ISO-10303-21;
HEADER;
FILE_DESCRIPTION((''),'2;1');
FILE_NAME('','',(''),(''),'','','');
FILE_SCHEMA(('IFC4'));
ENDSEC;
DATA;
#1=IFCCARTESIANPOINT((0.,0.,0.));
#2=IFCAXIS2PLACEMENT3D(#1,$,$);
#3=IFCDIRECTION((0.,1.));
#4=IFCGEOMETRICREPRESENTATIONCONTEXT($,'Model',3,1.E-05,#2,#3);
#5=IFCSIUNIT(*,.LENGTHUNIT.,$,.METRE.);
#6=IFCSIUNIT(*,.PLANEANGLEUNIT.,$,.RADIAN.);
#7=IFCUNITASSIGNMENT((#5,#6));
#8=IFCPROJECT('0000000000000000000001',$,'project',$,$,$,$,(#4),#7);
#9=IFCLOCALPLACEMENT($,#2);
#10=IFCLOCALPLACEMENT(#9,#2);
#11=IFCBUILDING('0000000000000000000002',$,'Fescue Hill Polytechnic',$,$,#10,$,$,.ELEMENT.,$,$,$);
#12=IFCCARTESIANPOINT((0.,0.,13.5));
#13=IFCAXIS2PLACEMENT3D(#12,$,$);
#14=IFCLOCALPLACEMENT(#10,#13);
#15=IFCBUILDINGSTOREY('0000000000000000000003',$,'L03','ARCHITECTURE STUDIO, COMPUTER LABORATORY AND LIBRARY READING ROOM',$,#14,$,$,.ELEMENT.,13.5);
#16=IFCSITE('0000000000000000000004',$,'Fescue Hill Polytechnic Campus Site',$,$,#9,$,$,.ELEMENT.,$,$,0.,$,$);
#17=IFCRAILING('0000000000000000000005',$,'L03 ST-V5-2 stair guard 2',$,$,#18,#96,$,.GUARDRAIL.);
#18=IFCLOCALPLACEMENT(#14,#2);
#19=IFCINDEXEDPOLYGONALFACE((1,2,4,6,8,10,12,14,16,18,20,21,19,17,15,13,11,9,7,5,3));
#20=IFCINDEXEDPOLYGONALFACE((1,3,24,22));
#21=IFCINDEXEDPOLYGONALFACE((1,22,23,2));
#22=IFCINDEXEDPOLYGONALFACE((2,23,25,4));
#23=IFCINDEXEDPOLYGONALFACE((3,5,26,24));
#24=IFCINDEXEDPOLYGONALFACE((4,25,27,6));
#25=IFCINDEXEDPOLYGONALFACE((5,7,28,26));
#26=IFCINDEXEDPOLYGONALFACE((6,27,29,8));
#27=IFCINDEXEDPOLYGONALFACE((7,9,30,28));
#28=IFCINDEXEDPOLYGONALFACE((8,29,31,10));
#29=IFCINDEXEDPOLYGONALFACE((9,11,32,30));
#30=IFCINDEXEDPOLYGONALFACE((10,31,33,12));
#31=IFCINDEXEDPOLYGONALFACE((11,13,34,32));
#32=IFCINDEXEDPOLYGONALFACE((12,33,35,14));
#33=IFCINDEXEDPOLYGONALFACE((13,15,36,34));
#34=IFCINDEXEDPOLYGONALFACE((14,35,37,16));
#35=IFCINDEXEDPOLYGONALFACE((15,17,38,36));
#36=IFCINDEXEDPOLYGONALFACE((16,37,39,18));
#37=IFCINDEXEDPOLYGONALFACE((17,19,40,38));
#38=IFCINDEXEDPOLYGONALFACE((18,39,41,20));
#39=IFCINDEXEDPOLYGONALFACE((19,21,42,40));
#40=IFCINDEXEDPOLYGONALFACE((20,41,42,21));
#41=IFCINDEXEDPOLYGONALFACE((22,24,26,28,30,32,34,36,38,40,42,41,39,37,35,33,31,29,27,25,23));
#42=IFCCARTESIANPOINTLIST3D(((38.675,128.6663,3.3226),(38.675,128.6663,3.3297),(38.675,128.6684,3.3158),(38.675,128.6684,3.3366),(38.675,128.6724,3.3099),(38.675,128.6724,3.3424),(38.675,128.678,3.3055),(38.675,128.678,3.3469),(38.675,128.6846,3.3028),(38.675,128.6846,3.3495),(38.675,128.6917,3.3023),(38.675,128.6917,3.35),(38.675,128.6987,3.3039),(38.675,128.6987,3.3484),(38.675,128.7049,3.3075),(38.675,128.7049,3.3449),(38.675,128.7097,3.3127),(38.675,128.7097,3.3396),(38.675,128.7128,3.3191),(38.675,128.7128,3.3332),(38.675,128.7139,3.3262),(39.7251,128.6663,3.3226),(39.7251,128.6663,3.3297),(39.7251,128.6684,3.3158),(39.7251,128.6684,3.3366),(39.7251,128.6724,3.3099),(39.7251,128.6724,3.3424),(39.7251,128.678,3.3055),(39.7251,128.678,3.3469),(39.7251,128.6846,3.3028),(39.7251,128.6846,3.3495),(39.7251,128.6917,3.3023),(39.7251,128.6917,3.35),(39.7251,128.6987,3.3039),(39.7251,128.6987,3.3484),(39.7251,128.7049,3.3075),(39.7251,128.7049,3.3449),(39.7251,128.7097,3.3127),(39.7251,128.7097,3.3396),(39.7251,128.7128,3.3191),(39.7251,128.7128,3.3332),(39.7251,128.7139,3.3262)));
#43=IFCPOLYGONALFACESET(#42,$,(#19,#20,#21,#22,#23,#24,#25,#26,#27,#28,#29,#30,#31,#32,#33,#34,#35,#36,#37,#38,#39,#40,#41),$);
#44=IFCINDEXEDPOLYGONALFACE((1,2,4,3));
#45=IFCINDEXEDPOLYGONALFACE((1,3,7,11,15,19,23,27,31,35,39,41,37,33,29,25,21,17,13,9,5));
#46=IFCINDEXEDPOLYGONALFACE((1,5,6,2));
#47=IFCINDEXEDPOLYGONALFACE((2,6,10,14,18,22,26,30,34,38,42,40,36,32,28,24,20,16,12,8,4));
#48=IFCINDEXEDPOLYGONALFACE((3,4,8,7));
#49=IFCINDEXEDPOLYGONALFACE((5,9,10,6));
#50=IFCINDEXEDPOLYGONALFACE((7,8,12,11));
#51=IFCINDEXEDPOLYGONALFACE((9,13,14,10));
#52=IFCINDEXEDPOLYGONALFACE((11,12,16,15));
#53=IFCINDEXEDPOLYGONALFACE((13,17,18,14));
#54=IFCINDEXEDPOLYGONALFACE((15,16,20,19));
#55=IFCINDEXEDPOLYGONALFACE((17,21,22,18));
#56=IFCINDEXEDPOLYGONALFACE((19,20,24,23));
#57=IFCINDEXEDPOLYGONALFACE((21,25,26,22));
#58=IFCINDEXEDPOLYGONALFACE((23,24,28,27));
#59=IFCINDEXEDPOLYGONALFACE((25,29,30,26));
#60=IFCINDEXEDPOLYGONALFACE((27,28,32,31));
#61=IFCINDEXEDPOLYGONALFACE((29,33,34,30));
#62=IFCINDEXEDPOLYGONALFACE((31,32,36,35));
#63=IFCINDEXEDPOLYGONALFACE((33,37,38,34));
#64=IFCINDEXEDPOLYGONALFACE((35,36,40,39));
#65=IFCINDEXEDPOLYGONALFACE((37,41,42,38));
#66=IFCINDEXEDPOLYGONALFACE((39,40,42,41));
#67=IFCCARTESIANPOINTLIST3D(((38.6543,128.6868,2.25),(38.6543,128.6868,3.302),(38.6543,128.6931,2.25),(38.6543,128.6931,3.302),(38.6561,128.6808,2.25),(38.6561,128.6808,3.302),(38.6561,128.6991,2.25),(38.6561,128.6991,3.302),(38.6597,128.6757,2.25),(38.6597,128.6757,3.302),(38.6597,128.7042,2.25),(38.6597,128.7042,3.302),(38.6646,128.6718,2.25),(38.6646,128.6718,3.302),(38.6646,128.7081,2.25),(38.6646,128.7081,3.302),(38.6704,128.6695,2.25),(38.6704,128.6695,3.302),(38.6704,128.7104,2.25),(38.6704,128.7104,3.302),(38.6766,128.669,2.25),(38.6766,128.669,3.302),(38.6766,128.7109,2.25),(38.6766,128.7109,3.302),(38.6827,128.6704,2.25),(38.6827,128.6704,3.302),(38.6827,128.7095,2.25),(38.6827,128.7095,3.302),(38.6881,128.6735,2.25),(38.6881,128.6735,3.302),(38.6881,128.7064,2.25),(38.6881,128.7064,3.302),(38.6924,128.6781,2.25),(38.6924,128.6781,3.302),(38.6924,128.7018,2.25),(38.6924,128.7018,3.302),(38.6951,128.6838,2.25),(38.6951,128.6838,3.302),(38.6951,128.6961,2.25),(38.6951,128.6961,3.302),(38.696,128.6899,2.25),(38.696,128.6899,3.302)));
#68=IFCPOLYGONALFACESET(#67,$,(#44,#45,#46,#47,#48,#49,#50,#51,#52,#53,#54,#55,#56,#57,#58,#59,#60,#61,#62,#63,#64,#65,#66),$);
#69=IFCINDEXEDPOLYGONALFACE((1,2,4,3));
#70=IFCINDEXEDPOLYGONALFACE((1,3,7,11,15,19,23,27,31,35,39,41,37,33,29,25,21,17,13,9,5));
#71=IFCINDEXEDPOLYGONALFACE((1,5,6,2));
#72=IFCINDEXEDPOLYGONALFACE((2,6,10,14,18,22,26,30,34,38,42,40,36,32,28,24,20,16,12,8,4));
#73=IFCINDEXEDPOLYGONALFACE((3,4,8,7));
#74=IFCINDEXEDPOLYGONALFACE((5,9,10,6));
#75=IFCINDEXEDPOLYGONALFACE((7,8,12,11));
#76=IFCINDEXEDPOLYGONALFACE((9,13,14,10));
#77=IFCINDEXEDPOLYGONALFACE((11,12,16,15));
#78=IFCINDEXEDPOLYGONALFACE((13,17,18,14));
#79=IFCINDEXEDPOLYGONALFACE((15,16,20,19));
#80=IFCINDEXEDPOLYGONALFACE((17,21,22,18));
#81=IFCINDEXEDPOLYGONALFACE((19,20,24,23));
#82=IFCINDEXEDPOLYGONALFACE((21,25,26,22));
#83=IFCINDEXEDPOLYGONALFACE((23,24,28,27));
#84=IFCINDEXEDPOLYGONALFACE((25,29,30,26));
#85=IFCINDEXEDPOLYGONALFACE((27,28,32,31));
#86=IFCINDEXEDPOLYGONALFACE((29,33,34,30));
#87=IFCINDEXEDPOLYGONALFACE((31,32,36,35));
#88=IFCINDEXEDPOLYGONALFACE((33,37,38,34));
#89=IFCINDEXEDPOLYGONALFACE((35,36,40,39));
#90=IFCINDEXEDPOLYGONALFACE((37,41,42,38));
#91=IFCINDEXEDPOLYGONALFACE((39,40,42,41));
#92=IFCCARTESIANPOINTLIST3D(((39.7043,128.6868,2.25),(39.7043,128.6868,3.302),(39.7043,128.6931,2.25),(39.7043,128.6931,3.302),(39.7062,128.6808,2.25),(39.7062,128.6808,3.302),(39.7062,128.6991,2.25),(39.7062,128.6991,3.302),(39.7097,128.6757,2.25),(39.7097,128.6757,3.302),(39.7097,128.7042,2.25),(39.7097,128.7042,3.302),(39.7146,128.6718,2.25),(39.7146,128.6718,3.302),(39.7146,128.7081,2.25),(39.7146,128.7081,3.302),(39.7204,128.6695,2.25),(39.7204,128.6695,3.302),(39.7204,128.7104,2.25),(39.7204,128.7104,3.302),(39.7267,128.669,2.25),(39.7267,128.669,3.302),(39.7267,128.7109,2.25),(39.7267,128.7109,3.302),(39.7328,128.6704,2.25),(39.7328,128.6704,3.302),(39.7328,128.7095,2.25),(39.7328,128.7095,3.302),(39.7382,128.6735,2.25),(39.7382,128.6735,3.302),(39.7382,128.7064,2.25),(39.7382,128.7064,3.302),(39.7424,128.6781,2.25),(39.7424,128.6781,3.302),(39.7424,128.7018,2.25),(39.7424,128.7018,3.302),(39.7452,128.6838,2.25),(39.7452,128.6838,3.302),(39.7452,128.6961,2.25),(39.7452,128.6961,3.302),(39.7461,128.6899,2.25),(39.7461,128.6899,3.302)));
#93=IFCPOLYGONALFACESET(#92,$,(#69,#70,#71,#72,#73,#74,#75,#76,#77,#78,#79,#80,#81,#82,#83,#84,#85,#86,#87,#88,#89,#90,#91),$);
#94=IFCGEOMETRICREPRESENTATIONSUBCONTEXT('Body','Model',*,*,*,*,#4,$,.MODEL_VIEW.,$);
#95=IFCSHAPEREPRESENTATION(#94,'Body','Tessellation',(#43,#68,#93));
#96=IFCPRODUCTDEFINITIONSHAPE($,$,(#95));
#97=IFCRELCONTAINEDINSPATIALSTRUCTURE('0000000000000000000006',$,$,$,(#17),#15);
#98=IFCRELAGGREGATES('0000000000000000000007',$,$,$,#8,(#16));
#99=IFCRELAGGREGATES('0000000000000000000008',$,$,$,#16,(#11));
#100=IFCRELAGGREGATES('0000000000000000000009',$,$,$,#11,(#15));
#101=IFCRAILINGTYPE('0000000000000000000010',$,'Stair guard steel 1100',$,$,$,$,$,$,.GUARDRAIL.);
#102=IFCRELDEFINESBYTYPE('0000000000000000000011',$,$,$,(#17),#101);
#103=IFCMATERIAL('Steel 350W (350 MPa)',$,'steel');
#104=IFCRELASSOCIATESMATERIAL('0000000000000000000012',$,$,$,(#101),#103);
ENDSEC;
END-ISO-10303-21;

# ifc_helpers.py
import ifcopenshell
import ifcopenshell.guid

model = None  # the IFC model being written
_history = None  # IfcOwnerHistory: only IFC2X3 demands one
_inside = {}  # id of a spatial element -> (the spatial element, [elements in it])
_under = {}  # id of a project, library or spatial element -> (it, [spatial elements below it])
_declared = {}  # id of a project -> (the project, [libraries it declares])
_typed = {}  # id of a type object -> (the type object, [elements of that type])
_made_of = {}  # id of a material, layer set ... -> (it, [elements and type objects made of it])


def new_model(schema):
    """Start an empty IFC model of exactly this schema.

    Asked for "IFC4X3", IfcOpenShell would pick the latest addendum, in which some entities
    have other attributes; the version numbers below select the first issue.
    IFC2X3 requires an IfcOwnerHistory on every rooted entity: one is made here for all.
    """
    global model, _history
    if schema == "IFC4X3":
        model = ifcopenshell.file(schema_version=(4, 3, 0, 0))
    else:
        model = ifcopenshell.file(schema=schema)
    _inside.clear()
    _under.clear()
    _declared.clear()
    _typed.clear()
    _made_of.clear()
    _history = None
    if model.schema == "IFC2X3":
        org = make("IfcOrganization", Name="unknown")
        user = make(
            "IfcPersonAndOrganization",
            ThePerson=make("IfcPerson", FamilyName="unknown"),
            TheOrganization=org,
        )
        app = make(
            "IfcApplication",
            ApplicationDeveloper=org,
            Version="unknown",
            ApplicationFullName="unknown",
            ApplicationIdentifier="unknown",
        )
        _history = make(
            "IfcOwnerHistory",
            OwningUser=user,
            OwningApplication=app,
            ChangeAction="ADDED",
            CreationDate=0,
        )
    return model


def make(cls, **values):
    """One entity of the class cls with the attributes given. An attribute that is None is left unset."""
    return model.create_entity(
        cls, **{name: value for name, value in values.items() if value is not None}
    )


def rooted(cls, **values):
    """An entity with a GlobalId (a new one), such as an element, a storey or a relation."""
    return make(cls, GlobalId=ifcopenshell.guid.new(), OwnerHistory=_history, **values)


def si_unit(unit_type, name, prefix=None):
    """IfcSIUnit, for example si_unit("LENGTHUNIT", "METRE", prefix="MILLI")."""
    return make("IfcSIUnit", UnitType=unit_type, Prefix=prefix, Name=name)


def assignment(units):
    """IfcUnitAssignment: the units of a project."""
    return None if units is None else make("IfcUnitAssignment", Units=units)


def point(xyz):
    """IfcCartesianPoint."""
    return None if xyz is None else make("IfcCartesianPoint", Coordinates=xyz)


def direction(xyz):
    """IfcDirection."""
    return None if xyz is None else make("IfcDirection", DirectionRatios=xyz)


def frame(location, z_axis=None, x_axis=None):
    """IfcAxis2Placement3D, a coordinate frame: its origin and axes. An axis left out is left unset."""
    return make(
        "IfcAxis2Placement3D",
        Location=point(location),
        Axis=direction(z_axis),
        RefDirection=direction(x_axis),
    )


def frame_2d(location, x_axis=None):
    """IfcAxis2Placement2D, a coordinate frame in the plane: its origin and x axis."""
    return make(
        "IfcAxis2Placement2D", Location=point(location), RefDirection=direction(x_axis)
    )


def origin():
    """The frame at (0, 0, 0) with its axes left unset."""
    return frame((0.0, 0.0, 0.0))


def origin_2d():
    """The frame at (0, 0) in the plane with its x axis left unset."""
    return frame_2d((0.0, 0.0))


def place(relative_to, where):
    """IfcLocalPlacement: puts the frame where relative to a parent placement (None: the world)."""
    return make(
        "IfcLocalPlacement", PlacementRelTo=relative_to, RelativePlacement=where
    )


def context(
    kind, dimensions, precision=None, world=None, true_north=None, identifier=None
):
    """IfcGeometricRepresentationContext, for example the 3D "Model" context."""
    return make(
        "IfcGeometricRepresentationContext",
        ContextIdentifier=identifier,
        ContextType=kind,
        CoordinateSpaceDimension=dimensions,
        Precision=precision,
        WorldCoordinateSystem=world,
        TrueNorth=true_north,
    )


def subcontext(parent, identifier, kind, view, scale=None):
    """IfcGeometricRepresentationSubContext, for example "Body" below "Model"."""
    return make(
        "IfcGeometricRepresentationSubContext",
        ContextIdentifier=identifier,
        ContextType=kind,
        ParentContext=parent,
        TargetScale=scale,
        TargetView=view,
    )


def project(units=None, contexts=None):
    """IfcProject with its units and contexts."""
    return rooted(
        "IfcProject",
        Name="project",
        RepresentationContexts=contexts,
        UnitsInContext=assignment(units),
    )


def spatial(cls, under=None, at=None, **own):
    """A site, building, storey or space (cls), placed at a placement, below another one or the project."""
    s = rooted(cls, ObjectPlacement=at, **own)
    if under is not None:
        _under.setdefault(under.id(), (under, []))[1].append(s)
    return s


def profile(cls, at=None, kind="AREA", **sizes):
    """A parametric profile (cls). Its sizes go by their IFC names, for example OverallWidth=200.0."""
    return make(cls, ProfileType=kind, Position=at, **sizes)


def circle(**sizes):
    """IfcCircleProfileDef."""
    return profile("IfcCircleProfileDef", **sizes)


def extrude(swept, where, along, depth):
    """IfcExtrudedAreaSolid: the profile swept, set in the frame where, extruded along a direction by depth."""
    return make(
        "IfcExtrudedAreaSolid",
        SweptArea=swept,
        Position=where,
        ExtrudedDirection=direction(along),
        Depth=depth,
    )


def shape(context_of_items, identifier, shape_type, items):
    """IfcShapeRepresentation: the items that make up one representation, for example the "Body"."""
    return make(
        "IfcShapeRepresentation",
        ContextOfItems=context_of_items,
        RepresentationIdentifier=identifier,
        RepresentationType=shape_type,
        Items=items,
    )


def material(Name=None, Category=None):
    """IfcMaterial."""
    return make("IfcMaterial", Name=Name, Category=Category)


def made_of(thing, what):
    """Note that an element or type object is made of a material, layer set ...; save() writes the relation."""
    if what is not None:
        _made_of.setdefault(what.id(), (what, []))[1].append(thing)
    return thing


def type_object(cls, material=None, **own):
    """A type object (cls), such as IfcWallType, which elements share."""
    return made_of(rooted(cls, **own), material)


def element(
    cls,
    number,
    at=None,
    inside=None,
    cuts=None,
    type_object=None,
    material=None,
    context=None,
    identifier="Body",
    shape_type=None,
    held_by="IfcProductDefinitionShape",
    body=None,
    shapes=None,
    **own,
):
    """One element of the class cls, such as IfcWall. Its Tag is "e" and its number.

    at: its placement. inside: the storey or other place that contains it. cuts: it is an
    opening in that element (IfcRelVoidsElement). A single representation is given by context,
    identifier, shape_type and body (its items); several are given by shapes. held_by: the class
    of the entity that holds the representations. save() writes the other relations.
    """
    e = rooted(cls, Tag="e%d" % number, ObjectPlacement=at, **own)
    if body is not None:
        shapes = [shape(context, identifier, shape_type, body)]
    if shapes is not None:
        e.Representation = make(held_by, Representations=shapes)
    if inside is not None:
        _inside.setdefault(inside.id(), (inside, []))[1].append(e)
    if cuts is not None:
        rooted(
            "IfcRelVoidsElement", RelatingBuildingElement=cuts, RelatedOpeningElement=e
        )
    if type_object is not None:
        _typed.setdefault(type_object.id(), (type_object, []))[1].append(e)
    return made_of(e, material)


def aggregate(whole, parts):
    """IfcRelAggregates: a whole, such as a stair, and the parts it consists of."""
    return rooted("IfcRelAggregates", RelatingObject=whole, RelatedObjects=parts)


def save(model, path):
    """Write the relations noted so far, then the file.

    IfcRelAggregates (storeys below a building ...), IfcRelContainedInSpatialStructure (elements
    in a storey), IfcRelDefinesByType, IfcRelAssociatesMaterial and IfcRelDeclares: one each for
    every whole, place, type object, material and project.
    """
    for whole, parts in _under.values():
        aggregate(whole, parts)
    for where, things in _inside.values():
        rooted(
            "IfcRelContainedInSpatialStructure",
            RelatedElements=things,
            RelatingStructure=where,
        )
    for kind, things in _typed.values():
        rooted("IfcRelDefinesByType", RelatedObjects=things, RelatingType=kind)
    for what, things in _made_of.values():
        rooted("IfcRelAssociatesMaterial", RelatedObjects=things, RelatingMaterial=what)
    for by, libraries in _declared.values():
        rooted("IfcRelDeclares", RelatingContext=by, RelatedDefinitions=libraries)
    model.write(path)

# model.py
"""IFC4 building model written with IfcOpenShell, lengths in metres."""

from ifc_helpers import new_model, si_unit, direction, frame, origin, origin_2d, place, context, subcontext, project, spatial, circle, extrude, material, type_object, element, save


model = new_model("IFC4")

# Units and contexts
model_context = context("Model", 3, precision=1e-05, world=origin(), true_north=direction((0.0, 1.0)))
body_context = subcontext(model_context, "Body", "Model", "MODEL_VIEW")
ifc_project = project(units=[si_unit("LENGTHUNIT", "METRE"), si_unit("PLANEANGLEUNIT", "RADIAN")], contexts=[model_context])

# Site, building, storey
site_placement = place(None, origin())
site = spatial("IfcSite", under=ifc_project, at=site_placement, Name="Fescue Hill Polytechnic Campus Site", CompositionType="ELEMENT", RefElevation=0.0)
building_placement = place(site_placement, origin())
building = spatial("IfcBuilding", under=site, at=building_placement, Name="Fescue Hill Polytechnic", CompositionType="ELEMENT")
storey_placement = place(building_placement, frame((0.0, 0.0, 13.5)))
storey = spatial("IfcBuildingStorey", under=building, at=storey_placement, Name="L03", Description="ARCHITECTURE STUDIO, COMPUTER LABORATORY AND LIBRARY READING ROOM", CompositionType="ELEMENT", Elevation=13.5)

# Railing
ifc_material_1 = material(Name="Steel 350W (350 MPa)", Category="steel")
railing_type_1 = type_object("IfcRailingType", Name="Stair guard steel 1100", PredefinedType="GUARDRAIL", material=ifc_material_1)
railing_1_placement = place(storey_placement, frame((38.675, 128.6899, 2.25)))
element("IfcRailing", 1, at=railing_1_placement, inside=storey, type_object=railing_type_1, Name="L03 ST-V5-2 stair guard 2", PredefinedType="GUARDRAIL", context=body_context, shape_type="SweptSolid", body=[
    extrude(circle(Radius=0.0239, at=origin_2d()), frame((0.0, 0.0, 1.0762), z_axis=(1.0, 0.0, 0.0), x_axis=(0.0, 1.0, 0.0)), (0.0, 0.0, 1.0), 1.05),
    extrude(circle(Radius=0.021, at=origin_2d()), origin(), (0.0, 0.0, 1.0), 1.052),
    extrude(circle(Radius=0.021, at=origin_2d()), frame((1.05, 0.0, 0.0)), (0.0, 0.0, 1.0), 1.052),
])

save(model, "model.ifc")
